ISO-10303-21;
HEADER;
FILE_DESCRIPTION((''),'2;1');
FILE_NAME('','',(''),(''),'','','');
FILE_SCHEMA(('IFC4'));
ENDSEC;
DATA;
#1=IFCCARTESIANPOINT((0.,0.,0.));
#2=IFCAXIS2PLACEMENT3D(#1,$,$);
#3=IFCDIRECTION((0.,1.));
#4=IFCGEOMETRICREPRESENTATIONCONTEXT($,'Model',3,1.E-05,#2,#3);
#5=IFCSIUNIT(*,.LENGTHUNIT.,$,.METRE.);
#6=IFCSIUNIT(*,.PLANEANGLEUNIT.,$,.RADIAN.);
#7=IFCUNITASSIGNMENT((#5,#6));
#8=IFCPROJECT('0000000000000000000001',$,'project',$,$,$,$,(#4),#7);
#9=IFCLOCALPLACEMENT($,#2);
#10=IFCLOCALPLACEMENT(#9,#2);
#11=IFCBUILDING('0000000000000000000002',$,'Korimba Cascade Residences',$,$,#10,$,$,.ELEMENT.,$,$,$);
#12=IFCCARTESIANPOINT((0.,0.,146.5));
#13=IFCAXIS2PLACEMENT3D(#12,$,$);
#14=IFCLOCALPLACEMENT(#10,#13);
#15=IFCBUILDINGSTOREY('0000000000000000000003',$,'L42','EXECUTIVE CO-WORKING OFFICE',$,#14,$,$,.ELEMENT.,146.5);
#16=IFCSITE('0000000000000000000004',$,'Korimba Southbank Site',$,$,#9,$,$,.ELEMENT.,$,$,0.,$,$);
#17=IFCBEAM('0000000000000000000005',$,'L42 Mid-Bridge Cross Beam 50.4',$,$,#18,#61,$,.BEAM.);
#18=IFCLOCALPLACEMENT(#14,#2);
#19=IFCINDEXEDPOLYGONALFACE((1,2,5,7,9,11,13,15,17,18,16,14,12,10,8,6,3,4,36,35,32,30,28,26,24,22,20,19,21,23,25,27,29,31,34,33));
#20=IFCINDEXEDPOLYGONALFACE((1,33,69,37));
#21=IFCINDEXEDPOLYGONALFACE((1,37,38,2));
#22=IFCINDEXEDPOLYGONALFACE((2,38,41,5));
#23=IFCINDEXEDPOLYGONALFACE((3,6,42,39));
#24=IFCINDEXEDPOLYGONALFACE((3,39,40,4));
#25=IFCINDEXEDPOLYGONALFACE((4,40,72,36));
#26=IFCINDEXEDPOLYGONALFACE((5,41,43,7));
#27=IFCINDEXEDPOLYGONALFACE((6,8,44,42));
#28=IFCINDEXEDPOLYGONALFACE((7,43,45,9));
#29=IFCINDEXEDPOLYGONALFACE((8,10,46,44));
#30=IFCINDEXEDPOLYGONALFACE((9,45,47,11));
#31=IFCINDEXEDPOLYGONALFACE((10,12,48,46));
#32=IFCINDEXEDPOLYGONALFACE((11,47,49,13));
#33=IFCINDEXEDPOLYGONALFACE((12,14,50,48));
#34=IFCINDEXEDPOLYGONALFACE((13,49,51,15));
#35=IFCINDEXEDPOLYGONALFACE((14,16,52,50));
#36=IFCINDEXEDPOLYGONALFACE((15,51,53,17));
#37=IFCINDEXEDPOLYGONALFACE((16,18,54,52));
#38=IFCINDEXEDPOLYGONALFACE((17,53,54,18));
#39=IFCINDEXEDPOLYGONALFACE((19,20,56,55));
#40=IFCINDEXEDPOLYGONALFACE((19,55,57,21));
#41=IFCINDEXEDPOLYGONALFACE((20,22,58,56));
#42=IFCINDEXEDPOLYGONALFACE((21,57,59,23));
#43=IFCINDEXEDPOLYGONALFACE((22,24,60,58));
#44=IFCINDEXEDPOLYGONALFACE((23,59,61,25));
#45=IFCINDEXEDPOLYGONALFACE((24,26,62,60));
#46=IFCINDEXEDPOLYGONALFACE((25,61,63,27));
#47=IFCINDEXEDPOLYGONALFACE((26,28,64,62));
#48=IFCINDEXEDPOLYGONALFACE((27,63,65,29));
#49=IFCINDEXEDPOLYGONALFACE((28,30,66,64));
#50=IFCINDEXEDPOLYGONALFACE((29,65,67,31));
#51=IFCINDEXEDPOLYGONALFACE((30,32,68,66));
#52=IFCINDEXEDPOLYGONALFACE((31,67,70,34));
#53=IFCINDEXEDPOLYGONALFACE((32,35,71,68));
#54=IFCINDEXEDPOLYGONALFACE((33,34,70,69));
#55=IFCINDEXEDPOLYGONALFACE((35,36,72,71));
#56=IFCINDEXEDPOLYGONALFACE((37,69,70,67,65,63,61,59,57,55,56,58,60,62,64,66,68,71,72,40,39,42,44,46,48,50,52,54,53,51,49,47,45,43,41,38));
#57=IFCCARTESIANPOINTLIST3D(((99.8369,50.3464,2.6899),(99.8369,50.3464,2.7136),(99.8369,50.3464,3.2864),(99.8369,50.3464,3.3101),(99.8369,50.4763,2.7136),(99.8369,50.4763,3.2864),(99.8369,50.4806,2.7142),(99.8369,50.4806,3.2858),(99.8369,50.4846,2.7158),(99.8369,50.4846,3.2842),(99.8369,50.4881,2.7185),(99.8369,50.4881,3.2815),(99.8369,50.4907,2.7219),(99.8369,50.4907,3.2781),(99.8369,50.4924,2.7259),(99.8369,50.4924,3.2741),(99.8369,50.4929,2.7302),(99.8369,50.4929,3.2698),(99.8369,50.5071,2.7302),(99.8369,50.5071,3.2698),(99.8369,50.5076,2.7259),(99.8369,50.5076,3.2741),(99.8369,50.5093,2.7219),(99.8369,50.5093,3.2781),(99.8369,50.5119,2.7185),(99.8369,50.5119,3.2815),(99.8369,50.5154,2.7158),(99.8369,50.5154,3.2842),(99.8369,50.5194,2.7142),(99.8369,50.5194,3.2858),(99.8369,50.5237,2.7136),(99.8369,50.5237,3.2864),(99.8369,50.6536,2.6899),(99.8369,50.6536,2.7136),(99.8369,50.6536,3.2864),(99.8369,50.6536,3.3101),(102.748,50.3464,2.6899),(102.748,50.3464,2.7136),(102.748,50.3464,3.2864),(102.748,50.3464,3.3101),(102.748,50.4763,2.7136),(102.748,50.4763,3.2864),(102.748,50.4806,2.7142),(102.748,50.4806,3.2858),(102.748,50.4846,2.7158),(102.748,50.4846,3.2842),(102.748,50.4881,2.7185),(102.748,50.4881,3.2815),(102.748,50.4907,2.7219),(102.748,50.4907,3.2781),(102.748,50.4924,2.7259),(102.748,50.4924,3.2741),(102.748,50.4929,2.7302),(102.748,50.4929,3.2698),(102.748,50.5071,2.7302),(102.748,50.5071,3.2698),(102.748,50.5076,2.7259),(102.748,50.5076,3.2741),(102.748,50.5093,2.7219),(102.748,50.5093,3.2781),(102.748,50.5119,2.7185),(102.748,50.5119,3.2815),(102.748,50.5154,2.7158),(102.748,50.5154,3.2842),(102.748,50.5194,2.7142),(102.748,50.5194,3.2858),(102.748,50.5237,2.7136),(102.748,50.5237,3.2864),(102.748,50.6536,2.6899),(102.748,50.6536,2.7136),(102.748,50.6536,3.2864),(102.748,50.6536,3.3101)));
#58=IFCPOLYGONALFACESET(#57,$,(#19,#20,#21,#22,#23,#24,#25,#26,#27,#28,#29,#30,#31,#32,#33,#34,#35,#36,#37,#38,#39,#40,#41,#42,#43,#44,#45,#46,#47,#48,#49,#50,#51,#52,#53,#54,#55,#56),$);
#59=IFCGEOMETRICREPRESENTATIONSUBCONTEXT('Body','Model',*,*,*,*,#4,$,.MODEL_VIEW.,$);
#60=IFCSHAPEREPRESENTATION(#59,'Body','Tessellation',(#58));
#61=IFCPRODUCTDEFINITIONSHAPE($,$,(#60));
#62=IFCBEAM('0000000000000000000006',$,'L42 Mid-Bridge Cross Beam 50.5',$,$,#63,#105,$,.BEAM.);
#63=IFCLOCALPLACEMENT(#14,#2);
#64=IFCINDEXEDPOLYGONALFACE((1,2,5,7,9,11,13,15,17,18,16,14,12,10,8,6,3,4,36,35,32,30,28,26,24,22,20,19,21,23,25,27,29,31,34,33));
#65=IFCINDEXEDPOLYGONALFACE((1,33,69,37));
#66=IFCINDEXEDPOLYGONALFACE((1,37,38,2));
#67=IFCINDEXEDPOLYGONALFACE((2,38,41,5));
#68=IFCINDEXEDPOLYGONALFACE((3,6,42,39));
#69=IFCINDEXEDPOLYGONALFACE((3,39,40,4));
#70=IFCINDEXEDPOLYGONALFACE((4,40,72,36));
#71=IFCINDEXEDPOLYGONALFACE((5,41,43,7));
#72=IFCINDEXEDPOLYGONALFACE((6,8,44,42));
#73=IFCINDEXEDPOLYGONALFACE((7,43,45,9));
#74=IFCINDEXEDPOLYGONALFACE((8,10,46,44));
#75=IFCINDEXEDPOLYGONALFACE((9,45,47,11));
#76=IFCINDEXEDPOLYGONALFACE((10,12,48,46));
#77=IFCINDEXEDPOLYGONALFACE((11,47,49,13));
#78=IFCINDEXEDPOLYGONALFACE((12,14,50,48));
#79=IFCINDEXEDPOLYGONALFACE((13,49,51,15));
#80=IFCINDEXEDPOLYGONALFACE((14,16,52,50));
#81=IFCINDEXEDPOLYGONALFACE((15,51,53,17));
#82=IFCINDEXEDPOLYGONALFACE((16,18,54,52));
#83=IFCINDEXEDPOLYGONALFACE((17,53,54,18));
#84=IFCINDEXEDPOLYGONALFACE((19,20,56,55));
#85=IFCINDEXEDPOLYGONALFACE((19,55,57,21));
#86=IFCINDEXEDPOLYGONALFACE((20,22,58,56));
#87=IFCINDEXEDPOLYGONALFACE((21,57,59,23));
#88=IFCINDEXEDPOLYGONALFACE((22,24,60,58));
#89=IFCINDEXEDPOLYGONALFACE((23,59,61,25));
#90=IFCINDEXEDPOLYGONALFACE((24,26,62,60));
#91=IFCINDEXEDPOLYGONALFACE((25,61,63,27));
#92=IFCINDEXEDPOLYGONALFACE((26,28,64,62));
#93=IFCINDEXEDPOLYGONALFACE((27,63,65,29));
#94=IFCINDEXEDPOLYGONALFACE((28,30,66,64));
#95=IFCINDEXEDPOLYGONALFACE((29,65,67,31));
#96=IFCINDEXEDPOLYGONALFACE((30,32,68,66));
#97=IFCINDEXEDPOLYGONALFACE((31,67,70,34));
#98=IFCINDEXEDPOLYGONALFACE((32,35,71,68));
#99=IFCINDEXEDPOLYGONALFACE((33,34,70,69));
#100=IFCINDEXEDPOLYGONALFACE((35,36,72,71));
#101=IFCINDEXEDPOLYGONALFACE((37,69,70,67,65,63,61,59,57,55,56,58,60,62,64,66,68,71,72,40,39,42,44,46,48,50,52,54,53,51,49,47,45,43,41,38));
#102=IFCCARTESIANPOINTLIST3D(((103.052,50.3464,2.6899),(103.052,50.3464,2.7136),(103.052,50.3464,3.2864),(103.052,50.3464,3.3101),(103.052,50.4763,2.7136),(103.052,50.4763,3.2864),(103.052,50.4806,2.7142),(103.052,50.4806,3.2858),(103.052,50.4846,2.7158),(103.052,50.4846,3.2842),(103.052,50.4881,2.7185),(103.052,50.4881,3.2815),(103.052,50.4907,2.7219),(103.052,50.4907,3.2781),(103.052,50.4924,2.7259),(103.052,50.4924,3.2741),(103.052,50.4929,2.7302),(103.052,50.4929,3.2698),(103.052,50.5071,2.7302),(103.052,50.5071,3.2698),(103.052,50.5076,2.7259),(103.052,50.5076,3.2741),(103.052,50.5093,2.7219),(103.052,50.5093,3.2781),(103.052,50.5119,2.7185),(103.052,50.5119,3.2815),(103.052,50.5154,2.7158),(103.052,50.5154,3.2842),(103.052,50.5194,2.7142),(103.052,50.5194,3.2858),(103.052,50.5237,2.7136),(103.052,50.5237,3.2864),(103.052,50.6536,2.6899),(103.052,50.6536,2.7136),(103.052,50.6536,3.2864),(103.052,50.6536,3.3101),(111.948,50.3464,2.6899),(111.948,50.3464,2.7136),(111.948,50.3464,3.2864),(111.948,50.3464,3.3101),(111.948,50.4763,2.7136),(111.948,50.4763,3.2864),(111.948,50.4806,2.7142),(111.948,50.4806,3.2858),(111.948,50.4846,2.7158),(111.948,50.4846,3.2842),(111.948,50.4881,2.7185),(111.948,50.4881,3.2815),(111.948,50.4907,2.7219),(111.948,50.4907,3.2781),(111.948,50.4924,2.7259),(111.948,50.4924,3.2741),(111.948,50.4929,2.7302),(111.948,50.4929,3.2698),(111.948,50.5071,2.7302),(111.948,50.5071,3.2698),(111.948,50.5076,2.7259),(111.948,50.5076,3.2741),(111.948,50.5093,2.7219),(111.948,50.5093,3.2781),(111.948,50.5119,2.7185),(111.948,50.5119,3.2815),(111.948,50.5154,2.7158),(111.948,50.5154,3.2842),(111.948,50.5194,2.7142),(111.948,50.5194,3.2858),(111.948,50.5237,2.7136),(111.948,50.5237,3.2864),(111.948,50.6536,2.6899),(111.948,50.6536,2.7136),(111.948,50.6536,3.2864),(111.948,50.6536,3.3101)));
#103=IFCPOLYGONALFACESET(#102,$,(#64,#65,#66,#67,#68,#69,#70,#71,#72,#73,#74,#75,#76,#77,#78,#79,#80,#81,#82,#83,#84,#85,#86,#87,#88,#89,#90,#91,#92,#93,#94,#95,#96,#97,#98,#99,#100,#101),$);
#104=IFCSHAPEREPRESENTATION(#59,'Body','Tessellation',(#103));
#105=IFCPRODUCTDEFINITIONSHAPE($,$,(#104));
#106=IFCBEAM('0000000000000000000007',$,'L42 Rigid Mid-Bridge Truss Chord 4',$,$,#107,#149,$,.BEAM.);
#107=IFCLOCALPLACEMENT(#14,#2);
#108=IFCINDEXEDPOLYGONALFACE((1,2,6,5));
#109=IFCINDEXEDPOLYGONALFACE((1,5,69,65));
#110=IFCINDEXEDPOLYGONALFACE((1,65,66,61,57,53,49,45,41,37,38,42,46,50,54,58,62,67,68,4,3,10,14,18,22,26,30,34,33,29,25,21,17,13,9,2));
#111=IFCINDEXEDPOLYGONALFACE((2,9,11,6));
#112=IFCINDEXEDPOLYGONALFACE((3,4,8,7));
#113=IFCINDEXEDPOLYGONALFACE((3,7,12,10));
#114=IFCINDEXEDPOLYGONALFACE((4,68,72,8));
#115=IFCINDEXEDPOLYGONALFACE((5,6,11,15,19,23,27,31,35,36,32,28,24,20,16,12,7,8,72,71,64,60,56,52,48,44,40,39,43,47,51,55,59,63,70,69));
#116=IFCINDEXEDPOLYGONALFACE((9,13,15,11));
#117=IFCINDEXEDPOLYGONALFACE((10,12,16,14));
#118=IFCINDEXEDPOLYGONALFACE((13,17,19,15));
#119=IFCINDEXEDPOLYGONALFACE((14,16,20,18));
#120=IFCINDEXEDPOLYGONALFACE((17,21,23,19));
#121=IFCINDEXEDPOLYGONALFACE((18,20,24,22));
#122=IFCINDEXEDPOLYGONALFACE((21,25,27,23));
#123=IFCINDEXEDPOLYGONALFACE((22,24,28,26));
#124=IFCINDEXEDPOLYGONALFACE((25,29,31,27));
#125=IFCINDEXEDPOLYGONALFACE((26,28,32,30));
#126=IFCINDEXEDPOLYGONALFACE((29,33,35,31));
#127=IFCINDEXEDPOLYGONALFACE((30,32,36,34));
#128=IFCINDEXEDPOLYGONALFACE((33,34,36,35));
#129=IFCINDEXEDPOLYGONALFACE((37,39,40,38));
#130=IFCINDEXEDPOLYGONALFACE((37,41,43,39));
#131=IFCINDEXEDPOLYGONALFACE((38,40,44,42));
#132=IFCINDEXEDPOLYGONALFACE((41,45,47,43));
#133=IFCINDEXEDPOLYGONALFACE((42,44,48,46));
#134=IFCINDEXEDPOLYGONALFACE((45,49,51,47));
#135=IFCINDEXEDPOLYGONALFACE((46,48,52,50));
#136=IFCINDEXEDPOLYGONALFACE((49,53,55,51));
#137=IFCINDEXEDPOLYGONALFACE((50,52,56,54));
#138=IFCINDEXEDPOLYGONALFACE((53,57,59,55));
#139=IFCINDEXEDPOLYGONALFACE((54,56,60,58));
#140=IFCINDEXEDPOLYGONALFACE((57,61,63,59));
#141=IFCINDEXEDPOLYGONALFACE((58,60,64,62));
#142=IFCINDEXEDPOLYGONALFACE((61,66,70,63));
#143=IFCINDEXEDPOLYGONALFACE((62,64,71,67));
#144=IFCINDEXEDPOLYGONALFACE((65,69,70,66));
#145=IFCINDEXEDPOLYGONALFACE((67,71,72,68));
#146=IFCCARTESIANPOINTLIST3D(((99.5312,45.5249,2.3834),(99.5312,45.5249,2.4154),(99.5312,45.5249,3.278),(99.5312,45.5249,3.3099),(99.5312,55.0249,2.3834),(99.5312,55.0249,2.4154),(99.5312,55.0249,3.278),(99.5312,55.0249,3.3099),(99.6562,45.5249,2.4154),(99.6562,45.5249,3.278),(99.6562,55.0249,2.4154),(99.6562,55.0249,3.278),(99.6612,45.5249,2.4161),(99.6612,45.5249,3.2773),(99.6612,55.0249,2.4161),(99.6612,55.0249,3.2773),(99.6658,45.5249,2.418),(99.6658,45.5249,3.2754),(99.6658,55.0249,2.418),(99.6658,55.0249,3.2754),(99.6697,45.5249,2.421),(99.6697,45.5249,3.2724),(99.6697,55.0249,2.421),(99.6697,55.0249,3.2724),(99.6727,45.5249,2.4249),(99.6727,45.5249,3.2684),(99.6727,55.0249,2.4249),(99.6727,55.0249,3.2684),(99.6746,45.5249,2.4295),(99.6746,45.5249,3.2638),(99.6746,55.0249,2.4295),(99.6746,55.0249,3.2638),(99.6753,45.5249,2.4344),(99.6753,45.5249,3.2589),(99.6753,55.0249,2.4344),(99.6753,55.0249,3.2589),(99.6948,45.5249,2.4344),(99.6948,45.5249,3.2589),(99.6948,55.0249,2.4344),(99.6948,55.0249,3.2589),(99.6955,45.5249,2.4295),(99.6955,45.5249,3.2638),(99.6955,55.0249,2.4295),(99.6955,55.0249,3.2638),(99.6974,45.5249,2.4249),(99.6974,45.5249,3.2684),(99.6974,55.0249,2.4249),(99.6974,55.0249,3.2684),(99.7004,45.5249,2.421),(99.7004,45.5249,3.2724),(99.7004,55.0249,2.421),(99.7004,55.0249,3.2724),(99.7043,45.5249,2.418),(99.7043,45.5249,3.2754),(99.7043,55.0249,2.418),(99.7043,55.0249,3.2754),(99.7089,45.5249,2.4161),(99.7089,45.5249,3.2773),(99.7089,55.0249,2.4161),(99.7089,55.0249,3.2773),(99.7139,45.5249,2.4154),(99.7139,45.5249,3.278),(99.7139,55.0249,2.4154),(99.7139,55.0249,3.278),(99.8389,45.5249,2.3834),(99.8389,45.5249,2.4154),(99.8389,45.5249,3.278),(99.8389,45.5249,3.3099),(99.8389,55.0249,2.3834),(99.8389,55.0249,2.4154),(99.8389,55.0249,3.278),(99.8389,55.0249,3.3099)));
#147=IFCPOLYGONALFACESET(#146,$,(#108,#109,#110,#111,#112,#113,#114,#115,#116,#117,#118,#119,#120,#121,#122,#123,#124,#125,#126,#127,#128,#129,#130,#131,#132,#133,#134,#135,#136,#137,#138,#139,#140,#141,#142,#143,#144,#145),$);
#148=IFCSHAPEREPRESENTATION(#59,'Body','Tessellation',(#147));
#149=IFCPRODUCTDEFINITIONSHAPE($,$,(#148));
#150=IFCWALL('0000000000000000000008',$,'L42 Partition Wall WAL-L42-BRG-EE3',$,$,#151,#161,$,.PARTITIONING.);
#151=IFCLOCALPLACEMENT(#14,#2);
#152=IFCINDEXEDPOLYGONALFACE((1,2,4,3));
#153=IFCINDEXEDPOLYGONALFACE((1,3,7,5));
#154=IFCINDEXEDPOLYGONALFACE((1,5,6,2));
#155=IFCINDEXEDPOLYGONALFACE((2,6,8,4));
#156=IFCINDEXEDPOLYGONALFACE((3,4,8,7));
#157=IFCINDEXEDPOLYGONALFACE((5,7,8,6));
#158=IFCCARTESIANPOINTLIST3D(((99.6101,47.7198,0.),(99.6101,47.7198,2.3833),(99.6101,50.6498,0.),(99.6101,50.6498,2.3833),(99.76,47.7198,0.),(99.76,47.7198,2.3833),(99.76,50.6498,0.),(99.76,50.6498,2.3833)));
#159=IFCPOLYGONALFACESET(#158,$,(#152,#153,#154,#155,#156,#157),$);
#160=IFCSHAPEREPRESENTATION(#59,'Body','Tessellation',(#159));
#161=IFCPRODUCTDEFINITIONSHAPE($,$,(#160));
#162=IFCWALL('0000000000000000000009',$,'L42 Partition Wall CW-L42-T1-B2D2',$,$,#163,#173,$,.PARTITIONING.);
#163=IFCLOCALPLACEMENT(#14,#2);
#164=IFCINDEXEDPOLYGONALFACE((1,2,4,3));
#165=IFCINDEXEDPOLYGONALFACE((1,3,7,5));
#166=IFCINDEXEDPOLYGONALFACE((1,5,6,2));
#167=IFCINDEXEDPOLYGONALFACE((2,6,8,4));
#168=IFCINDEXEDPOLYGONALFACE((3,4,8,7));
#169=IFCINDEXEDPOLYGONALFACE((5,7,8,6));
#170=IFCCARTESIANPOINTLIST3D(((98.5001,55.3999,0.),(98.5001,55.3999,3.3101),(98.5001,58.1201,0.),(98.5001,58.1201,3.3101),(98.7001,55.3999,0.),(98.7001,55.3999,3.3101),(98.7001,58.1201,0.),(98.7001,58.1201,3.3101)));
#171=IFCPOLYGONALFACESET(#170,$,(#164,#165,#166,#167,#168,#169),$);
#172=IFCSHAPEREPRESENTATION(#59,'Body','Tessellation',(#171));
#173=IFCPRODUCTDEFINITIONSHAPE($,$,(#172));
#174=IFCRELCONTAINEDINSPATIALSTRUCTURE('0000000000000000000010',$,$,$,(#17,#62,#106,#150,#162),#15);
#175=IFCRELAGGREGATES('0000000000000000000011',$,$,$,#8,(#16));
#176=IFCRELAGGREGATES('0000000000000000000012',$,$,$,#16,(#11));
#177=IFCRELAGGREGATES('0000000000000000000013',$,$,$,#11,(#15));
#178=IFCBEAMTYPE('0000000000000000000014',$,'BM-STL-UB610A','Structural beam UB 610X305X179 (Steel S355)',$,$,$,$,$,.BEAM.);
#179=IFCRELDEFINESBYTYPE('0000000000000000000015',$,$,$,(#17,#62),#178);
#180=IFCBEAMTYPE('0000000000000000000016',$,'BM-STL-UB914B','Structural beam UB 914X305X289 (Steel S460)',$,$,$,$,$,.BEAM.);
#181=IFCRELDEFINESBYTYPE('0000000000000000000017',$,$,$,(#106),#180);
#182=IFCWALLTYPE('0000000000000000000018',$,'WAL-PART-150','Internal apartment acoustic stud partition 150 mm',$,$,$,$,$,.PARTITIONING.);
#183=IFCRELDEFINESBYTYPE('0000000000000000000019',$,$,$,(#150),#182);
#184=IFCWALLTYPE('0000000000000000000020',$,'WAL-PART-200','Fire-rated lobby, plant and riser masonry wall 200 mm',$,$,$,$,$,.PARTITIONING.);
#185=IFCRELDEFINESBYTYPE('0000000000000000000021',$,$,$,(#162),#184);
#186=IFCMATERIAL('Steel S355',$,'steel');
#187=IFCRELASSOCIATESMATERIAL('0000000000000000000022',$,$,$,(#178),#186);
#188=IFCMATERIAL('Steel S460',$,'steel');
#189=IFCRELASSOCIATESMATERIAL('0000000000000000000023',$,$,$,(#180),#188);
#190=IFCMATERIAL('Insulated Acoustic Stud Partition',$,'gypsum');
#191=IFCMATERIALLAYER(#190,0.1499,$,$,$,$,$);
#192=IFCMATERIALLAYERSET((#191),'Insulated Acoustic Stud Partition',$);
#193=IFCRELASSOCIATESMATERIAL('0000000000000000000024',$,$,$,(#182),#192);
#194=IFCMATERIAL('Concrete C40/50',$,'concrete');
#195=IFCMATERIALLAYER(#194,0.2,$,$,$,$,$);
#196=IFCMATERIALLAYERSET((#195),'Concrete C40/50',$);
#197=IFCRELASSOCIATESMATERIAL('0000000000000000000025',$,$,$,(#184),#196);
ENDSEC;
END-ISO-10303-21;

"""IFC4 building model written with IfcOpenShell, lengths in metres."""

from ifc_helpers import new_model, si_unit, direction, frame, frame_2d, origin, origin_2d, place, context, subcontext, project, spatial, rectangle, i_section, extrude, material, layer, layer_set, material_profile, profile_set, type_object, element, save


model = new_model("IFC4")

# Units and contexts
model_context = context("Model", 3, precision=1e-05, world=origin(), true_north=direction((0.0, 1.0)))
body_context = subcontext(model_context, "Body", "Model", "MODEL_VIEW")
ifc_project = project(units=[si_unit("LENGTHUNIT", "METRE"), si_unit("PLANEANGLEUNIT", "RADIAN")], contexts=[model_context])

# Site, building, storey
site_placement = place(None, origin())
site = spatial("IfcSite", under=ifc_project, at=site_placement, Name="Korimba Southbank Site", CompositionType="ELEMENT", RefElevation=0.0)
building_placement = place(site_placement, origin())
building = spatial("IfcBuilding", under=site, at=building_placement, Name="Korimba Cascade Residences", CompositionType="ELEMENT")
storey_placement = place(building_placement, frame((0.0, 0.0, 146.5)))
storey = spatial("IfcBuildingStorey", under=building, at=storey_placement, Name="L42", Description="EXECUTIVE CO-WORKING OFFICE", CompositionType="ELEMENT", Elevation=146.5)

# Shared definitions
ifc_material_1 = material(Name="Steel S460", Category="steel")

# Beams
ifc_material_2 = material(Name="Steel S355", Category="steel")
ifc_material_profile_1 = material_profile(ifc_material_2, i_section(OverallWidth=0.3071, OverallDepth=0.6201, WebThickness=0.0142, FlangeThickness=0.0237, FilletRadius=0.0166, at=origin_2d()), Name="Steel S355")
ifc_profile_set_1 = profile_set([ifc_material_profile_1], Name="Steel S355")
beam_type_1 = type_object("IfcBeamType", Name="BM-STL-UB610A", Description="Structural beam UB 610X305X179 (Steel S355)", PredefinedType="BEAM", material=ifc_profile_set_1)
beam_1_placement = place(storey_placement, frame((99.8369, 50.5, 3.0), z_axis=(1.0, 0.0, 0.0), x_axis=(0.0, 1.0, 0.0)))
element("IfcBeam", 1, at=beam_1_placement, inside=storey, type_object=beam_type_1, Name="L42 Mid-Bridge Cross Beam 50.4", PredefinedType="BEAM", context=body_context, shape_type="SweptSolid", body=[
    extrude(i_section(OverallWidth=0.3071, OverallDepth=0.6201, WebThickness=0.0142, FlangeThickness=0.0237, FilletRadius=0.0166, at=origin_2d()), origin(), (0.0, 0.0, 1.0), 2.9111),
])
beam_2_placement = place(storey_placement, frame((103.052, 50.5, 3.0), z_axis=(1.0, 0.0, 0.0), x_axis=(0.0, 1.0, 0.0)))
element("IfcBeam", 2, at=beam_2_placement, inside=storey, type_object=beam_type_1, Name="L42 Mid-Bridge Cross Beam 50.5", PredefinedType="BEAM", context=body_context, shape_type="SweptSolid", body=[
    extrude(i_section(OverallWidth=0.3071, OverallDepth=0.6201, WebThickness=0.0142, FlangeThickness=0.0237, FilletRadius=0.0166, at=origin_2d()), origin(), (0.0, 0.0, 1.0), 8.896),
])
ifc_material_profile_2 = material_profile(ifc_material_1, i_section(OverallWidth=0.3076, OverallDepth=0.9265, WebThickness=0.0195, FlangeThickness=0.032, FilletRadius=0.019, at=origin_2d()), Name="Steel S460")
ifc_profile_set_2 = profile_set([ifc_material_profile_2], Name="Steel S460")
beam_type_2 = type_object("IfcBeamType", Name="BM-STL-UB914B", Description="Structural beam UB 914X305X289 (Steel S460)", PredefinedType="BEAM", material=ifc_profile_set_2)
beam_3_placement = place(storey_placement, frame((99.6851, 45.5249, 2.8467), z_axis=(0.0, 1.0, 0.0), x_axis=(-1.0, 0.0, 0.0)))
element("IfcBeam", 3, at=beam_3_placement, inside=storey, type_object=beam_type_2, Name="L42 Rigid Mid-Bridge Truss Chord 4", PredefinedType="BEAM", context=body_context, shape_type="SweptSolid", body=[
    extrude(i_section(OverallWidth=0.3076, OverallDepth=0.9265, WebThickness=0.0195, FlangeThickness=0.032, FilletRadius=0.019, at=origin_2d()), origin(), (0.0, 0.0, 1.0), 9.5),
])

# Walls
ifc_material_3 = material(Name="Insulated Acoustic Stud Partition", Category="gypsum")
ifc_layer_1 = layer(ifc_material_3, 0.1499)
ifc_layer_set_1 = layer_set([ifc_layer_1], Name="Insulated Acoustic Stud Partition")
wall_type_1 = type_object("IfcWallType", Name="WAL-PART-150", Description="Internal apartment acoustic stud partition 150 mm", PredefinedType="PARTITIONING", material=ifc_layer_set_1)
wall_1_placement = place(storey_placement, frame((99.6851, 47.72, 0.0), z_axis=(0.0, 0.0, 1.0), x_axis=(0.0, 1.0, 0.0)))
element("IfcWall", 4, at=wall_1_placement, inside=storey, type_object=wall_type_1, Name="L42 Partition Wall WAL-L42-BRG-EE3", PredefinedType="PARTITIONING", context=body_context, shape_type="SweptSolid", body=[
    extrude(rectangle(XDim=2.9299, YDim=0.1499, at=frame_2d((1.4648, 0.0))), origin(), (0.0, 0.0, 1.0), 2.3833),
])
ifc_material_4 = material(Name="Concrete C40/50", Category="concrete")
ifc_layer_2 = layer(ifc_material_4, 0.2)
ifc_layer_set_2 = layer_set([ifc_layer_2], Name="Concrete C40/50")
wall_type_2 = type_object("IfcWallType", Name="WAL-PART-200", Description="Fire-rated lobby, plant and riser masonry wall 200 mm", PredefinedType="PARTITIONING", material=ifc_layer_set_2)
wall_2_placement = place(storey_placement, frame((98.6001, 55.3999, 0.0), z_axis=(0.0, 0.0, 1.0), x_axis=(0.0, 1.0, 0.0)))
element("IfcWall", 5, at=wall_2_placement, inside=storey, type_object=wall_type_2, Name="L42 Partition Wall CW-L42-T1-B2D2", PredefinedType="PARTITIONING", context=body_context, shape_type="SweptSolid", body=[
    extrude(rectangle(XDim=2.7202, YDim=0.2, at=frame_2d((1.3601, 0.0))), origin(), (0.0, 0.0, 1.0), 3.3101),
])

save(model, "model.ifc")
